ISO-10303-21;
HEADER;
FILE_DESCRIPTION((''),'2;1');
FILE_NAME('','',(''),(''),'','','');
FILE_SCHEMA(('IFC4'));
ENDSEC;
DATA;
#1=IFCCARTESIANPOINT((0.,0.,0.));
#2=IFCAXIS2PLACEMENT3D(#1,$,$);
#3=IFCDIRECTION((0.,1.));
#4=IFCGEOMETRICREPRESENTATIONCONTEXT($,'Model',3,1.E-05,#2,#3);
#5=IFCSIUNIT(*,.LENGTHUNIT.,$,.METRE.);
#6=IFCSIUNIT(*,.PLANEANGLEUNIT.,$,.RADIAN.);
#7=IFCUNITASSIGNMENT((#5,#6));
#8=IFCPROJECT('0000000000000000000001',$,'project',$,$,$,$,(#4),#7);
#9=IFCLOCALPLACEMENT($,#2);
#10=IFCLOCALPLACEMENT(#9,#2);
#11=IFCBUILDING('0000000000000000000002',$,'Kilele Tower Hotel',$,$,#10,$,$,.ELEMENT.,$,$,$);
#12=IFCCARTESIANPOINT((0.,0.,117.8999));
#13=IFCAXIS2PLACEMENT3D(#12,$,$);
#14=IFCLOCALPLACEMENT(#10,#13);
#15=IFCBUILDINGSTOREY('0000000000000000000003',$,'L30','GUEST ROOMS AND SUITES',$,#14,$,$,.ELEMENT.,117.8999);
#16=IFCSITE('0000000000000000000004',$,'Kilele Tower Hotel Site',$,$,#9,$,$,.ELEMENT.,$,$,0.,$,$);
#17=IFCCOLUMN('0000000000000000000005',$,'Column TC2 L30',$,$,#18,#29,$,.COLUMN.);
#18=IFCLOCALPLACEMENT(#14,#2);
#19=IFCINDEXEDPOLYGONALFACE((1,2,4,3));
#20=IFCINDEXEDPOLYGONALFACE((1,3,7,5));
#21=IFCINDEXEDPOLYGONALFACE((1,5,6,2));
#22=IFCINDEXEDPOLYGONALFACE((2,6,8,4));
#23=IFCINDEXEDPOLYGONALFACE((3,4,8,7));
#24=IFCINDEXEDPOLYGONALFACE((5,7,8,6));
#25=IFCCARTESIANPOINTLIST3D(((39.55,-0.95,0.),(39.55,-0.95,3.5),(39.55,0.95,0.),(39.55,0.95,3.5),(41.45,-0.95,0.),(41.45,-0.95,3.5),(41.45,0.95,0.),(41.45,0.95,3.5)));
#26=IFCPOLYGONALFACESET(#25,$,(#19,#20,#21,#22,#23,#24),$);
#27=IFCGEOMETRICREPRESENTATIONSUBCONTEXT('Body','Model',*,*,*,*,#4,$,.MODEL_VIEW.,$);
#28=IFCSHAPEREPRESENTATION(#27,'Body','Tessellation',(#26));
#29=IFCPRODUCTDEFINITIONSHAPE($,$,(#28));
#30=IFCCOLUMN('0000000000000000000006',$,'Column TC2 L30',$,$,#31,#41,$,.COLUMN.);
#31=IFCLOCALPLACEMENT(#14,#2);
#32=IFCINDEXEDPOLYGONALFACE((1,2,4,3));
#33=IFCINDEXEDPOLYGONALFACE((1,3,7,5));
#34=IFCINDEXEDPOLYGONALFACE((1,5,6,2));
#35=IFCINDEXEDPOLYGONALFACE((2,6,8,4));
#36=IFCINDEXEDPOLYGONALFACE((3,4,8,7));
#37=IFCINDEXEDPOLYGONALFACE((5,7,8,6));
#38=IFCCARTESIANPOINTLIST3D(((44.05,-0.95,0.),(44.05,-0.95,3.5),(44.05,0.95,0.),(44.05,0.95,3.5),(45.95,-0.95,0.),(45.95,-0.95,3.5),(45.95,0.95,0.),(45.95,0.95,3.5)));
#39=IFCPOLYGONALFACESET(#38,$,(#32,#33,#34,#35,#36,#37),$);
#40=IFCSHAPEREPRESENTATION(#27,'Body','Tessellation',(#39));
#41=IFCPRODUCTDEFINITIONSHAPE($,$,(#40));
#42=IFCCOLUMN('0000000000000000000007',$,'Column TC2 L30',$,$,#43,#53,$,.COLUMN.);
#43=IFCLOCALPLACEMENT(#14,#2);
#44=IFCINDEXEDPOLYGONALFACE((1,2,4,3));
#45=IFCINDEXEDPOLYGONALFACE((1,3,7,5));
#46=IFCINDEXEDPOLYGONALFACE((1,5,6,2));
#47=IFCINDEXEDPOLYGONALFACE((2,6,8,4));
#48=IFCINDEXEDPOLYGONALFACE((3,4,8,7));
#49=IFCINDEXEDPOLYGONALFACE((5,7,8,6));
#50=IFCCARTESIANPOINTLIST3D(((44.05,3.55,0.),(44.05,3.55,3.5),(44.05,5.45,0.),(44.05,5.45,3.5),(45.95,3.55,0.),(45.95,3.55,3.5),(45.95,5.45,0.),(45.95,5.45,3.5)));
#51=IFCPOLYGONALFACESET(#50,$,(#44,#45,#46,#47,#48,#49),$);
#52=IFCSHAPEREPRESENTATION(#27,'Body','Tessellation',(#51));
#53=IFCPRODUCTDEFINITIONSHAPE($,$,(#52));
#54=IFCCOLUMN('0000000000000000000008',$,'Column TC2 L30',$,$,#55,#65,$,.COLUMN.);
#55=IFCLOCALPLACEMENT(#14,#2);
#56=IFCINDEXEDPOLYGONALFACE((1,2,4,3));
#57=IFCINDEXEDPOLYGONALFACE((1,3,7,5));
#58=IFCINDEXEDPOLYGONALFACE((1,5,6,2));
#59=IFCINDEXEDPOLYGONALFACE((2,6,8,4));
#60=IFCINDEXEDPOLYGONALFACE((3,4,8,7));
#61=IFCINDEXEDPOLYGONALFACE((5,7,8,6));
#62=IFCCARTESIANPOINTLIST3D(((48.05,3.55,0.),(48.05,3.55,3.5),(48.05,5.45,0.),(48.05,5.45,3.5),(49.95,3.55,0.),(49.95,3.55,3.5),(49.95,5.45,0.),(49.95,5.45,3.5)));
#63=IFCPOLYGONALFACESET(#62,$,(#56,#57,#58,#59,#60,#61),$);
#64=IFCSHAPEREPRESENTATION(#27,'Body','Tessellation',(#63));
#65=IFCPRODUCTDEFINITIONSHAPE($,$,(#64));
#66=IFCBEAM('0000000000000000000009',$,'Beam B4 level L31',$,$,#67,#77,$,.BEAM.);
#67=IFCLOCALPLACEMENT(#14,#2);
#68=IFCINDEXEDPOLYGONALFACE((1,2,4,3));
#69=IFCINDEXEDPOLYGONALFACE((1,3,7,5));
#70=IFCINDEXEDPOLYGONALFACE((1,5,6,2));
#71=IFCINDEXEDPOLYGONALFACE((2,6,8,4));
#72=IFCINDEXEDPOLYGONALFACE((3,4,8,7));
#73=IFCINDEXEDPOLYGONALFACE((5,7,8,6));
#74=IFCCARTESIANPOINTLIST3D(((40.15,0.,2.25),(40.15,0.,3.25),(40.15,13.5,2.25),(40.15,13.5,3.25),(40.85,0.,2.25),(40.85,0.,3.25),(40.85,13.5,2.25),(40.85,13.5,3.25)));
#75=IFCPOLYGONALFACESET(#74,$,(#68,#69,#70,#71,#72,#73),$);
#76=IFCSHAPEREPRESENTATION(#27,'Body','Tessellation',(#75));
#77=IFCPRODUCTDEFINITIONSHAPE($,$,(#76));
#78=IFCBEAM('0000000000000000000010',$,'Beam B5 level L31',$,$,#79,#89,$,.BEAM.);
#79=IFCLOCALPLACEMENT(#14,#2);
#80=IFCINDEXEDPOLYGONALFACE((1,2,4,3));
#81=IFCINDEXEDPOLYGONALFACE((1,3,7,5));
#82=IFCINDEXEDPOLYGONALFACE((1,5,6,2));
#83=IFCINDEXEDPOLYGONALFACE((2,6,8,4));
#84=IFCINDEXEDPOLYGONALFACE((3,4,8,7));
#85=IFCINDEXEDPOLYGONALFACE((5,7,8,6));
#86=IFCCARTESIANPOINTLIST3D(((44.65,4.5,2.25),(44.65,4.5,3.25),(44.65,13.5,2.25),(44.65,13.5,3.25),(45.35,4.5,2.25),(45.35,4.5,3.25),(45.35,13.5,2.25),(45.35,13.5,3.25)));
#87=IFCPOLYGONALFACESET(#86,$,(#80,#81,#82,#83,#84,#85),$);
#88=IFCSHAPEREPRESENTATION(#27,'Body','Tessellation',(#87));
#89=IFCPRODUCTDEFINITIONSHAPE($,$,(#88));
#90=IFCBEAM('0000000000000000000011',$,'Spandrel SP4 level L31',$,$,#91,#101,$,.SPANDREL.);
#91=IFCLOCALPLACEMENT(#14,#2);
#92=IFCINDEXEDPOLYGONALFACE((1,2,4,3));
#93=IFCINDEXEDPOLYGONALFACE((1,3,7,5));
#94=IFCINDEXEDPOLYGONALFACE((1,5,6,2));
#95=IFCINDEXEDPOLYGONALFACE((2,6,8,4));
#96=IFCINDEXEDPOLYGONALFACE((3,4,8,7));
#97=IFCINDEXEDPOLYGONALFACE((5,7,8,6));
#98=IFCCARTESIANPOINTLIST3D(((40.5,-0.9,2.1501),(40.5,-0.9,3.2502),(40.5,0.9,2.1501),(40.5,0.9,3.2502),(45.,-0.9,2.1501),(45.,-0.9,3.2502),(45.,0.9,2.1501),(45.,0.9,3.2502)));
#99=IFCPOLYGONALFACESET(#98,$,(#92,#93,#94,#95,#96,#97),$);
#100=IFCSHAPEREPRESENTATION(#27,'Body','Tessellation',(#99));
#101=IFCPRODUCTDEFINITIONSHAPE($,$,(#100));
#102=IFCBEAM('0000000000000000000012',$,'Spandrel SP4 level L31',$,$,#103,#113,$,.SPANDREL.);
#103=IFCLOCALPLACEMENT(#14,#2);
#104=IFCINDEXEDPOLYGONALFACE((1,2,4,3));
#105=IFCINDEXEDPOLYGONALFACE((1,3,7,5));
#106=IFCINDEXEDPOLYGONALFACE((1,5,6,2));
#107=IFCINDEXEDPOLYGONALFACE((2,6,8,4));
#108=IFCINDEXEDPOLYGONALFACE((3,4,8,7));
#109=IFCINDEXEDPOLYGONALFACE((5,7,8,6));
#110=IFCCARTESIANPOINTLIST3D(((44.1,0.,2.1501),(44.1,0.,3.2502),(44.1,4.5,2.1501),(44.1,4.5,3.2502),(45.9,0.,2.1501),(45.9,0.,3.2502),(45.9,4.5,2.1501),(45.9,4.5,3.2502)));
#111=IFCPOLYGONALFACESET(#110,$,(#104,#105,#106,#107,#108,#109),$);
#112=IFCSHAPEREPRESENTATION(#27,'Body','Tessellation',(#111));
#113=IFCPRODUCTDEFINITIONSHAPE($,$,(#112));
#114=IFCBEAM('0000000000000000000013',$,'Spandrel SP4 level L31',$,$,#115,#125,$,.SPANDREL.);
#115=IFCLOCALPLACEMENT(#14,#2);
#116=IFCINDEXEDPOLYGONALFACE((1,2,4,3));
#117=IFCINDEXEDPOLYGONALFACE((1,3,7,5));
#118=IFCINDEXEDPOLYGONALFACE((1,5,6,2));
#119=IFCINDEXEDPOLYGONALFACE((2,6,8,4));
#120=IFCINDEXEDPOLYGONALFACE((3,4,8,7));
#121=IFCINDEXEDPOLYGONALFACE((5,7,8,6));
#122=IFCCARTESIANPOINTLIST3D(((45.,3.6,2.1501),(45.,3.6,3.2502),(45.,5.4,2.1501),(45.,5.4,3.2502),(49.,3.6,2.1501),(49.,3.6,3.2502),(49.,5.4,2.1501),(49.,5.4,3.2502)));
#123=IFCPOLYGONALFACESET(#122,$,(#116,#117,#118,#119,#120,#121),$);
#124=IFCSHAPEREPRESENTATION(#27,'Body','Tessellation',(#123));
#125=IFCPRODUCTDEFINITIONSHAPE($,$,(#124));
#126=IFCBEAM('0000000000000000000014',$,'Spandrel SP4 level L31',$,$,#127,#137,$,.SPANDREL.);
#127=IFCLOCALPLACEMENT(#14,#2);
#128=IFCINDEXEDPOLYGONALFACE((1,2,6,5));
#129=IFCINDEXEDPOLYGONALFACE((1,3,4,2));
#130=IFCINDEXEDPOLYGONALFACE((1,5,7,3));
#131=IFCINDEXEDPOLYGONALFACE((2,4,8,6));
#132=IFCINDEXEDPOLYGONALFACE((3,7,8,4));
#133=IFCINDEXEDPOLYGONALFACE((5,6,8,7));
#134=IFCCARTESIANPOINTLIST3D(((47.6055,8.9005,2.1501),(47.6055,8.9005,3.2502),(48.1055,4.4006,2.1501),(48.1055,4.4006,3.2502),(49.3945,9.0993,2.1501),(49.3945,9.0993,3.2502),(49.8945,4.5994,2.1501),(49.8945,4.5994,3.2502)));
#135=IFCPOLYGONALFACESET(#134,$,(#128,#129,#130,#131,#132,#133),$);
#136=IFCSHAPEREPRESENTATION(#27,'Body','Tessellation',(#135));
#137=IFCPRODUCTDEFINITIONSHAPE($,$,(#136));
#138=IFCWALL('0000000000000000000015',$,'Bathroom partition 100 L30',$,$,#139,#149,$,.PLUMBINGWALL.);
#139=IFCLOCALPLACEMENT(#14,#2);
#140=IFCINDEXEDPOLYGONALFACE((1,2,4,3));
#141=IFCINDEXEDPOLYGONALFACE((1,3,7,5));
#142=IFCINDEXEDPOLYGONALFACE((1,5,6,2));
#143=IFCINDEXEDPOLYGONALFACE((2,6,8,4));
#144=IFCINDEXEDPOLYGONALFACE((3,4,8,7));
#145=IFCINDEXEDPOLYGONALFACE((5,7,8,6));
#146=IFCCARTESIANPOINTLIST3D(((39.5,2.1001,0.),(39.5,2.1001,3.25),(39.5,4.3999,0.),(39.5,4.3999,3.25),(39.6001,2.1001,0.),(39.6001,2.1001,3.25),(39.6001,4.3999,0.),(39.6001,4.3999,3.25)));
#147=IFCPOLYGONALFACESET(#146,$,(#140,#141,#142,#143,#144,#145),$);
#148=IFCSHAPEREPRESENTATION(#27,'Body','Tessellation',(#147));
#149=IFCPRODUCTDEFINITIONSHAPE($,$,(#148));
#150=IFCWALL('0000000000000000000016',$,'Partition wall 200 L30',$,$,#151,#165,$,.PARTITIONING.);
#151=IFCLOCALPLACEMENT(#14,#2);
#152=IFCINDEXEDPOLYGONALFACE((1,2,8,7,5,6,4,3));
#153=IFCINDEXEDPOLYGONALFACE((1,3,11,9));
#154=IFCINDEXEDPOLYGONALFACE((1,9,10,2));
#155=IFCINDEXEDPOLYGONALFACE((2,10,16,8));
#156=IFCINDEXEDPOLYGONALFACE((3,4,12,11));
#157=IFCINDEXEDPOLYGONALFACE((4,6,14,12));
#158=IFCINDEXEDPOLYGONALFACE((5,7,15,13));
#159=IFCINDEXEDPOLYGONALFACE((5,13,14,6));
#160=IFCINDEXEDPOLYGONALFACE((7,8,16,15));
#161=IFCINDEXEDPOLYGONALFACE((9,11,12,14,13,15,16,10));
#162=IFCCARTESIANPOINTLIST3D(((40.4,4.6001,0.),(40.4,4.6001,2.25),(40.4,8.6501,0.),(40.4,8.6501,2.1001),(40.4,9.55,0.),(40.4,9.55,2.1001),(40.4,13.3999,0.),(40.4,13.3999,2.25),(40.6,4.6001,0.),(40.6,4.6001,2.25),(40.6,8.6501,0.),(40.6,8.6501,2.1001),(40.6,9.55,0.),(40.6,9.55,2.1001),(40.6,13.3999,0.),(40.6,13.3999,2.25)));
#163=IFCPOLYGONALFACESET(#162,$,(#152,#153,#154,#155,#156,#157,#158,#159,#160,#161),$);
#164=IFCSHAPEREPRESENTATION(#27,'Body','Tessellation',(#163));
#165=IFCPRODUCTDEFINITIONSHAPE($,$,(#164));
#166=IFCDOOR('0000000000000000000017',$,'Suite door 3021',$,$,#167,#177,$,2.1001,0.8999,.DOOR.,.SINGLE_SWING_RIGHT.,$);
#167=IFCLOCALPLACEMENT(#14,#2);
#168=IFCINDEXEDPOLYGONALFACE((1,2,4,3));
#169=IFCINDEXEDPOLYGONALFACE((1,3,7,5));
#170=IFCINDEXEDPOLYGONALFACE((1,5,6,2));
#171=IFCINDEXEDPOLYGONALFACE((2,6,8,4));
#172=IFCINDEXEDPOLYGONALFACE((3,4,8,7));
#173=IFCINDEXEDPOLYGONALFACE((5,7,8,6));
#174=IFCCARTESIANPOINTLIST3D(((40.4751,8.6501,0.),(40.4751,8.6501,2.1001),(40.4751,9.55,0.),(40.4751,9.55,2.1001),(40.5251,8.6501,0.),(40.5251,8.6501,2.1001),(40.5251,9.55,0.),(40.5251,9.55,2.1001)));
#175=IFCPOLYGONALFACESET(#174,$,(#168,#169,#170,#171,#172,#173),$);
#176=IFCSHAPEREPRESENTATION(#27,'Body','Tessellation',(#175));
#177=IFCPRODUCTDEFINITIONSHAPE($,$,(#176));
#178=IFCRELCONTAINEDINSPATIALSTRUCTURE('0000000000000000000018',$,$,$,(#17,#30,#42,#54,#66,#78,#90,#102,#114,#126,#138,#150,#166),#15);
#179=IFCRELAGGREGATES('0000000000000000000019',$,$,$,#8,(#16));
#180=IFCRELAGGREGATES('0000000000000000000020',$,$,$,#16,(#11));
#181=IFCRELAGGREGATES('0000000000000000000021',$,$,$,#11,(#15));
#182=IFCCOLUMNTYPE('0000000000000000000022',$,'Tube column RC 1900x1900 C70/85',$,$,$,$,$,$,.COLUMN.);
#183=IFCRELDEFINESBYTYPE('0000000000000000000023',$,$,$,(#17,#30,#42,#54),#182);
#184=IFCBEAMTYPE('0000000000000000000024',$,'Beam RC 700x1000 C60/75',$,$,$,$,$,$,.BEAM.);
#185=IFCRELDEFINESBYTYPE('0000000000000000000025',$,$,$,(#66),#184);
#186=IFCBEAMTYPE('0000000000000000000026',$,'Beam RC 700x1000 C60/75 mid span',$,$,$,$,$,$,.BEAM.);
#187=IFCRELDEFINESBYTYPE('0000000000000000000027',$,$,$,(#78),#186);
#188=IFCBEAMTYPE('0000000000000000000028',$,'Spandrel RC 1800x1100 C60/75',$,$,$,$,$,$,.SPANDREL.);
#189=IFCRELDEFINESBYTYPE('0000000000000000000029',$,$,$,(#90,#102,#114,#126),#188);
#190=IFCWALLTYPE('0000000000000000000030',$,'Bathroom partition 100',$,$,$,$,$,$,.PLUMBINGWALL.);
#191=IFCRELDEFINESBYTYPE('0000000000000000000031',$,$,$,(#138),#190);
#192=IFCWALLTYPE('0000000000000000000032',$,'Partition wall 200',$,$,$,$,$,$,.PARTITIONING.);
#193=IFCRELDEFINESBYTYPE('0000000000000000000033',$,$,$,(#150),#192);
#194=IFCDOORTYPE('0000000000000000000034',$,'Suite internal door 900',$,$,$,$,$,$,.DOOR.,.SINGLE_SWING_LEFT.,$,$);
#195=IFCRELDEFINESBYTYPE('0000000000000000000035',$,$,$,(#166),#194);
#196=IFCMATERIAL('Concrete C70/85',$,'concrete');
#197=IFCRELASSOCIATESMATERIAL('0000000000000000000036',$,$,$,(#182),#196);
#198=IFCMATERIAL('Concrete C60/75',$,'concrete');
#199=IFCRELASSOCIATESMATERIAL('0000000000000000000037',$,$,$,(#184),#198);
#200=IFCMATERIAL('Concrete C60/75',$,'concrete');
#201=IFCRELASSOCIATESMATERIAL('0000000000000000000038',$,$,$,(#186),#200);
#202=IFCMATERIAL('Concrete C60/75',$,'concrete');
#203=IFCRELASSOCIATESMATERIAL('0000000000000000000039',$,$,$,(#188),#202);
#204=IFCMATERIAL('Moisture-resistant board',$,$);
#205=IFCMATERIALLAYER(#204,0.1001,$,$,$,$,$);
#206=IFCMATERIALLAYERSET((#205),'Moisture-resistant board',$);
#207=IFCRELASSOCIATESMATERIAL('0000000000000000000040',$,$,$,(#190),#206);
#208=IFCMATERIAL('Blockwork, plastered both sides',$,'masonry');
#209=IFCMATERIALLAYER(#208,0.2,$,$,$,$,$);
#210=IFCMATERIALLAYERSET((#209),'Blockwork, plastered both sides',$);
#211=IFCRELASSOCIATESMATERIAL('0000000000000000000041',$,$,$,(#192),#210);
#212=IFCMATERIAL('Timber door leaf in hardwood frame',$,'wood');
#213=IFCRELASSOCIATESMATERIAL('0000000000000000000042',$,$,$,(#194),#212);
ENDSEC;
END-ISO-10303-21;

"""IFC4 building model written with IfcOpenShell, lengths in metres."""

from ifc_helpers import new_model, si_unit, direction, frame, frame_2d, origin, origin_2d, place, context, subcontext, project, spatial, rectangle, extrude, material, layer, layer_set, material_profile, profile_set, type_object, element, fill, save


model = new_model("IFC4")

# Units and contexts
model_context = context("Model", 3, precision=1e-05, world=origin(), true_north=direction((0.0, 1.0)))
body_context = subcontext(model_context, "Body", "Model", "MODEL_VIEW")
ifc_project = project(units=[si_unit("LENGTHUNIT", "METRE"), si_unit("PLANEANGLEUNIT", "RADIAN")], contexts=[model_context])

# Site, building, storey
site_placement = place(None, origin())
site = spatial("IfcSite", under=ifc_project, at=site_placement, Name="Kilele Tower Hotel Site", CompositionType="ELEMENT", RefElevation=0.0)
building_placement = place(site_placement, origin())
building = spatial("IfcBuilding", under=site, at=building_placement, Name="Kilele Tower Hotel", CompositionType="ELEMENT")
storey_placement = place(building_placement, frame((0.0, 0.0, 117.8999)))
storey = spatial("IfcBuildingStorey", under=building, at=storey_placement, Name="L30", Description="GUEST ROOMS AND SUITES", CompositionType="ELEMENT", Elevation=117.8999)

# Columns
ifc_material_1 = material(Name="Concrete C70/85", Category="concrete")
ifc_material_profile_1 = material_profile(ifc_material_1, rectangle(XDim=1.8999, YDim=1.8999, at=origin_2d()))
ifc_profile_set_1 = profile_set([ifc_material_profile_1], Name="Concrete C70/85")
column_type = type_object("IfcColumnType", Name="Tube column RC 1900x1900 C70/85", PredefinedType="COLUMN", material=ifc_profile_set_1)
for number, where, z_axis, x_axis, name in (
    (1, (40.5, 0.0, 0.0), (0.0, 0.0, 1.0), (1.0, 0.0, 0.0), "Column TC2 L30"),
    (2, (45.0, 0.0, 0.0), (0.0, 0.0, 1.0), (1.0, 0.0, 0.0), "Column TC2 L30"),
    (3, (45.0, 4.5, 0.0), (0.0, 0.0, 1.0), (1.0, 0.0, 0.0), "Column TC2 L30"),
    (4, (49.0, 4.5, 0.0), (0.0, 0.0, 1.0), (1.0, 0.0, 0.0), "Column TC2 L30"),
):
    element("IfcColumn", number, at=place(storey_placement, frame(where, z_axis=z_axis, x_axis=x_axis)), inside=storey, type_object=column_type, Name=name, PredefinedType="COLUMN", context=body_context, shape_type="SweptSolid", body=[
        extrude(rectangle(XDim=1.8999, YDim=1.8999, at=origin_2d()), origin(), (0.0, 0.0, 1.0), 3.5),
    ])

# Beams
ifc_material_2 = material(Name="Concrete C60/75", Category="concrete")
ifc_material_profile_2 = material_profile(ifc_material_2, rectangle(XDim=0.7, YDim=1.0, at=origin_2d()))
ifc_profile_set_2 = profile_set([ifc_material_profile_2], Name="Concrete C60/75")
beam_type_1 = type_object("IfcBeamType", Name="Beam RC 700x1000 C60/75", PredefinedType="BEAM", material=ifc_profile_set_2)
beam_1_placement = place(storey_placement, frame((40.5, 0.0, 2.75), z_axis=(0.0, 1.0, 0.0), x_axis=(-1.0, 0.0, 0.0)))
element("IfcBeam", 5, at=beam_1_placement, inside=storey, type_object=beam_type_1, Name="Beam B4 level L31", PredefinedType="BEAM", context=body_context, shape_type="SweptSolid", body=[
    extrude(rectangle(XDim=0.7, YDim=1.0, at=origin_2d()), origin(), (0.0, 0.0, 1.0), 13.5),
])
ifc_material_3 = material(Name="Concrete C60/75", Category="concrete")
ifc_material_profile_3 = material_profile(ifc_material_3, rectangle(XDim=0.7, YDim=1.0, at=origin_2d()))
ifc_profile_set_3 = profile_set([ifc_material_profile_3], Name="Concrete C60/75")
beam_type_2 = type_object("IfcBeamType", Name="Beam RC 700x1000 C60/75 mid span", PredefinedType="BEAM", material=ifc_profile_set_3)
beam_2_placement = place(storey_placement, frame((45.0, 4.5, 2.75), z_axis=(0.0, 1.0, 0.0), x_axis=(-1.0, 0.0, 0.0)))
element("IfcBeam", 6, at=beam_2_placement, inside=storey, type_object=beam_type_2, Name="Beam B5 level L31", PredefinedType="BEAM", context=body_context, shape_type="SweptSolid", body=[
    extrude(rectangle(XDim=0.7, YDim=1.0, at=origin_2d()), origin(), (0.0, 0.0, 1.0), 9.0),
])
ifc_material_4 = material(Name="Concrete C60/75", Category="concrete")
ifc_material_profile_4 = material_profile(ifc_material_4, rectangle(XDim=1.8, YDim=1.1001, at=origin_2d()))
ifc_profile_set_4 = profile_set([ifc_material_profile_4], Name="Concrete C60/75")
beam_type_3 = type_object("IfcBeamType", Name="Spandrel RC 1800x1100 C60/75", PredefinedType="SPANDREL", material=ifc_profile_set_4)
for number, where, z_axis, x_axis, name in (
    (7, (40.5, 0.0, 2.7002), (1.0, 0.0, 0.0), (0.0, 1.0, 0.0), "Spandrel SP4 level L31"),
    (8, (45.0, 0.0, 2.7002), (0.0, 1.0, 0.0), (-1.0, 0.0, 0.0), "Spandrel SP4 level L31"),
):
    element("IfcBeam", number, at=place(storey_placement, frame(where, z_axis=z_axis, x_axis=x_axis)), inside=storey, type_object=beam_type_3, Name=name, PredefinedType="SPANDREL", context=body_context, shape_type="SweptSolid", body=[
        extrude(rectangle(XDim=1.8, YDim=1.1001, at=origin_2d()), origin(), (0.0, 0.0, 1.0), 4.5),
    ])
beam_3_placement = place(storey_placement, frame((45.0, 4.5, 2.7002), z_axis=(1.0, 0.0, 0.0), x_axis=(0.0, 1.0, 0.0)))
element("IfcBeam", 9, at=beam_3_placement, inside=storey, type_object=beam_type_3, Name="Spandrel SP4 level L31", PredefinedType="SPANDREL", context=body_context, shape_type="SweptSolid", body=[
    extrude(rectangle(XDim=1.8, YDim=1.1001, at=origin_2d()), origin(), (0.0, 0.0, 1.0), 4.0),
])
beam_4_placement = place(storey_placement, frame((49.0, 4.5, 2.7002), z_axis=(-0.110432, 0.993884, 0.0), x_axis=(-0.993884, -0.110432, 0.0)))
element("IfcBeam", 10, at=beam_4_placement, inside=storey, type_object=beam_type_3, Name="Spandrel SP4 level L31", PredefinedType="SPANDREL", context=body_context, shape_type="SweptSolid", body=[
    extrude(rectangle(XDim=1.8, YDim=1.1001, at=origin_2d()), origin(), (0.0, 0.0, 1.0), 4.5276),
])

# Wall
ifc_material_5 = material(Name="Moisture-resistant board")
ifc_layer_1 = layer(ifc_material_5, 0.1001)
ifc_layer_set_1 = layer_set([ifc_layer_1], Name="Moisture-resistant board")
wall_type_1 = type_object("IfcWallType", Name="Bathroom partition 100", PredefinedType="PLUMBINGWALL", material=ifc_layer_set_1)
wall_1_placement = place(storey_placement, frame((39.55, 4.3999, 0.0), z_axis=(0.0, 0.0, 1.0), x_axis=(0.0, -1.0, 0.0)))
element("IfcWall", 11, at=wall_1_placement, inside=storey, type_object=wall_type_1, Name="Bathroom partition 100 L30", PredefinedType="PLUMBINGWALL", context=body_context, shape_type="SweptSolid", body=[
    extrude(rectangle(XDim=2.2998, YDim=0.1001, at=frame_2d((1.1499, 0.0))), origin(), (0.0, 0.0, 1.0), 3.25),
])

# Wall, opening, door
ifc_material_6 = material(Name="Blockwork, plastered both sides", Category="masonry")
ifc_layer_2 = layer(ifc_material_6, 0.2)
ifc_layer_set_2 = layer_set([ifc_layer_2], Name="Blockwork, plastered both sides")
wall_type_2 = type_object("IfcWallType", Name="Partition wall 200", PredefinedType="PARTITIONING", material=ifc_layer_set_2)
wall_2_placement = place(storey_placement, frame((40.5, 4.6001, 0.0), z_axis=(0.0, 0.0, 1.0), x_axis=(0.0, 1.0, 0.0)))
wall_2 = element("IfcWall", 12, at=wall_2_placement, inside=storey, type_object=wall_type_2, Name="Partition wall 200 L30", PredefinedType="PARTITIONING", context=body_context, shape_type="SweptSolid", body=[
    extrude(rectangle(XDim=8.7998, YDim=0.2, at=frame_2d((4.3999, 0.0))), origin(), (0.0, 0.0, 1.0), 2.25),
])
opening_1_placement = place(wall_2_placement, frame((4.05, 0.0, 0.0)))
opening_1 = element("IfcOpeningElement", 13, at=opening_1_placement, cuts=wall_2, PredefinedType="OPENING", context=body_context, shape_type="SweptSolid", body=[
    extrude(rectangle(XDim=0.8999, YDim=2.1001, at=frame_2d((0.45, 1.05))), frame((0.0, 0.1099, 0.0), z_axis=(0.0, -1.0, 0.0), x_axis=(1.0, 0.0, 0.0)), (0.0, 0.0, 1.0), 0.22),
])
ifc_material_7 = material(Name="Timber door leaf in hardwood frame", Category="wood")
door_type = type_object("IfcDoorType", Name="Suite internal door 900", OperationType="SINGLE_SWING_LEFT", PredefinedType="DOOR", material=ifc_material_7)
door_placement = place(opening_1_placement, origin())
door = element("IfcDoor", 14, at=door_placement, inside=storey, type_object=door_type, Name="Suite door 3021", OperationType="SINGLE_SWING_RIGHT", OverallHeight=2.1001, OverallWidth=0.8999, PredefinedType="DOOR", context=body_context, shape_type="SweptSolid", body=[
    extrude(rectangle(XDim=0.8999, YDim=2.1001, at=frame_2d((0.45, 1.05))), frame((0.0, 0.0249, 0.0), z_axis=(0.0, -1.0, 0.0), x_axis=(1.0, 0.0, 0.0)), (0.0, 0.0, 1.0), 0.05),
])
fill(opening_1, door)

save(model, "model.ifc")
